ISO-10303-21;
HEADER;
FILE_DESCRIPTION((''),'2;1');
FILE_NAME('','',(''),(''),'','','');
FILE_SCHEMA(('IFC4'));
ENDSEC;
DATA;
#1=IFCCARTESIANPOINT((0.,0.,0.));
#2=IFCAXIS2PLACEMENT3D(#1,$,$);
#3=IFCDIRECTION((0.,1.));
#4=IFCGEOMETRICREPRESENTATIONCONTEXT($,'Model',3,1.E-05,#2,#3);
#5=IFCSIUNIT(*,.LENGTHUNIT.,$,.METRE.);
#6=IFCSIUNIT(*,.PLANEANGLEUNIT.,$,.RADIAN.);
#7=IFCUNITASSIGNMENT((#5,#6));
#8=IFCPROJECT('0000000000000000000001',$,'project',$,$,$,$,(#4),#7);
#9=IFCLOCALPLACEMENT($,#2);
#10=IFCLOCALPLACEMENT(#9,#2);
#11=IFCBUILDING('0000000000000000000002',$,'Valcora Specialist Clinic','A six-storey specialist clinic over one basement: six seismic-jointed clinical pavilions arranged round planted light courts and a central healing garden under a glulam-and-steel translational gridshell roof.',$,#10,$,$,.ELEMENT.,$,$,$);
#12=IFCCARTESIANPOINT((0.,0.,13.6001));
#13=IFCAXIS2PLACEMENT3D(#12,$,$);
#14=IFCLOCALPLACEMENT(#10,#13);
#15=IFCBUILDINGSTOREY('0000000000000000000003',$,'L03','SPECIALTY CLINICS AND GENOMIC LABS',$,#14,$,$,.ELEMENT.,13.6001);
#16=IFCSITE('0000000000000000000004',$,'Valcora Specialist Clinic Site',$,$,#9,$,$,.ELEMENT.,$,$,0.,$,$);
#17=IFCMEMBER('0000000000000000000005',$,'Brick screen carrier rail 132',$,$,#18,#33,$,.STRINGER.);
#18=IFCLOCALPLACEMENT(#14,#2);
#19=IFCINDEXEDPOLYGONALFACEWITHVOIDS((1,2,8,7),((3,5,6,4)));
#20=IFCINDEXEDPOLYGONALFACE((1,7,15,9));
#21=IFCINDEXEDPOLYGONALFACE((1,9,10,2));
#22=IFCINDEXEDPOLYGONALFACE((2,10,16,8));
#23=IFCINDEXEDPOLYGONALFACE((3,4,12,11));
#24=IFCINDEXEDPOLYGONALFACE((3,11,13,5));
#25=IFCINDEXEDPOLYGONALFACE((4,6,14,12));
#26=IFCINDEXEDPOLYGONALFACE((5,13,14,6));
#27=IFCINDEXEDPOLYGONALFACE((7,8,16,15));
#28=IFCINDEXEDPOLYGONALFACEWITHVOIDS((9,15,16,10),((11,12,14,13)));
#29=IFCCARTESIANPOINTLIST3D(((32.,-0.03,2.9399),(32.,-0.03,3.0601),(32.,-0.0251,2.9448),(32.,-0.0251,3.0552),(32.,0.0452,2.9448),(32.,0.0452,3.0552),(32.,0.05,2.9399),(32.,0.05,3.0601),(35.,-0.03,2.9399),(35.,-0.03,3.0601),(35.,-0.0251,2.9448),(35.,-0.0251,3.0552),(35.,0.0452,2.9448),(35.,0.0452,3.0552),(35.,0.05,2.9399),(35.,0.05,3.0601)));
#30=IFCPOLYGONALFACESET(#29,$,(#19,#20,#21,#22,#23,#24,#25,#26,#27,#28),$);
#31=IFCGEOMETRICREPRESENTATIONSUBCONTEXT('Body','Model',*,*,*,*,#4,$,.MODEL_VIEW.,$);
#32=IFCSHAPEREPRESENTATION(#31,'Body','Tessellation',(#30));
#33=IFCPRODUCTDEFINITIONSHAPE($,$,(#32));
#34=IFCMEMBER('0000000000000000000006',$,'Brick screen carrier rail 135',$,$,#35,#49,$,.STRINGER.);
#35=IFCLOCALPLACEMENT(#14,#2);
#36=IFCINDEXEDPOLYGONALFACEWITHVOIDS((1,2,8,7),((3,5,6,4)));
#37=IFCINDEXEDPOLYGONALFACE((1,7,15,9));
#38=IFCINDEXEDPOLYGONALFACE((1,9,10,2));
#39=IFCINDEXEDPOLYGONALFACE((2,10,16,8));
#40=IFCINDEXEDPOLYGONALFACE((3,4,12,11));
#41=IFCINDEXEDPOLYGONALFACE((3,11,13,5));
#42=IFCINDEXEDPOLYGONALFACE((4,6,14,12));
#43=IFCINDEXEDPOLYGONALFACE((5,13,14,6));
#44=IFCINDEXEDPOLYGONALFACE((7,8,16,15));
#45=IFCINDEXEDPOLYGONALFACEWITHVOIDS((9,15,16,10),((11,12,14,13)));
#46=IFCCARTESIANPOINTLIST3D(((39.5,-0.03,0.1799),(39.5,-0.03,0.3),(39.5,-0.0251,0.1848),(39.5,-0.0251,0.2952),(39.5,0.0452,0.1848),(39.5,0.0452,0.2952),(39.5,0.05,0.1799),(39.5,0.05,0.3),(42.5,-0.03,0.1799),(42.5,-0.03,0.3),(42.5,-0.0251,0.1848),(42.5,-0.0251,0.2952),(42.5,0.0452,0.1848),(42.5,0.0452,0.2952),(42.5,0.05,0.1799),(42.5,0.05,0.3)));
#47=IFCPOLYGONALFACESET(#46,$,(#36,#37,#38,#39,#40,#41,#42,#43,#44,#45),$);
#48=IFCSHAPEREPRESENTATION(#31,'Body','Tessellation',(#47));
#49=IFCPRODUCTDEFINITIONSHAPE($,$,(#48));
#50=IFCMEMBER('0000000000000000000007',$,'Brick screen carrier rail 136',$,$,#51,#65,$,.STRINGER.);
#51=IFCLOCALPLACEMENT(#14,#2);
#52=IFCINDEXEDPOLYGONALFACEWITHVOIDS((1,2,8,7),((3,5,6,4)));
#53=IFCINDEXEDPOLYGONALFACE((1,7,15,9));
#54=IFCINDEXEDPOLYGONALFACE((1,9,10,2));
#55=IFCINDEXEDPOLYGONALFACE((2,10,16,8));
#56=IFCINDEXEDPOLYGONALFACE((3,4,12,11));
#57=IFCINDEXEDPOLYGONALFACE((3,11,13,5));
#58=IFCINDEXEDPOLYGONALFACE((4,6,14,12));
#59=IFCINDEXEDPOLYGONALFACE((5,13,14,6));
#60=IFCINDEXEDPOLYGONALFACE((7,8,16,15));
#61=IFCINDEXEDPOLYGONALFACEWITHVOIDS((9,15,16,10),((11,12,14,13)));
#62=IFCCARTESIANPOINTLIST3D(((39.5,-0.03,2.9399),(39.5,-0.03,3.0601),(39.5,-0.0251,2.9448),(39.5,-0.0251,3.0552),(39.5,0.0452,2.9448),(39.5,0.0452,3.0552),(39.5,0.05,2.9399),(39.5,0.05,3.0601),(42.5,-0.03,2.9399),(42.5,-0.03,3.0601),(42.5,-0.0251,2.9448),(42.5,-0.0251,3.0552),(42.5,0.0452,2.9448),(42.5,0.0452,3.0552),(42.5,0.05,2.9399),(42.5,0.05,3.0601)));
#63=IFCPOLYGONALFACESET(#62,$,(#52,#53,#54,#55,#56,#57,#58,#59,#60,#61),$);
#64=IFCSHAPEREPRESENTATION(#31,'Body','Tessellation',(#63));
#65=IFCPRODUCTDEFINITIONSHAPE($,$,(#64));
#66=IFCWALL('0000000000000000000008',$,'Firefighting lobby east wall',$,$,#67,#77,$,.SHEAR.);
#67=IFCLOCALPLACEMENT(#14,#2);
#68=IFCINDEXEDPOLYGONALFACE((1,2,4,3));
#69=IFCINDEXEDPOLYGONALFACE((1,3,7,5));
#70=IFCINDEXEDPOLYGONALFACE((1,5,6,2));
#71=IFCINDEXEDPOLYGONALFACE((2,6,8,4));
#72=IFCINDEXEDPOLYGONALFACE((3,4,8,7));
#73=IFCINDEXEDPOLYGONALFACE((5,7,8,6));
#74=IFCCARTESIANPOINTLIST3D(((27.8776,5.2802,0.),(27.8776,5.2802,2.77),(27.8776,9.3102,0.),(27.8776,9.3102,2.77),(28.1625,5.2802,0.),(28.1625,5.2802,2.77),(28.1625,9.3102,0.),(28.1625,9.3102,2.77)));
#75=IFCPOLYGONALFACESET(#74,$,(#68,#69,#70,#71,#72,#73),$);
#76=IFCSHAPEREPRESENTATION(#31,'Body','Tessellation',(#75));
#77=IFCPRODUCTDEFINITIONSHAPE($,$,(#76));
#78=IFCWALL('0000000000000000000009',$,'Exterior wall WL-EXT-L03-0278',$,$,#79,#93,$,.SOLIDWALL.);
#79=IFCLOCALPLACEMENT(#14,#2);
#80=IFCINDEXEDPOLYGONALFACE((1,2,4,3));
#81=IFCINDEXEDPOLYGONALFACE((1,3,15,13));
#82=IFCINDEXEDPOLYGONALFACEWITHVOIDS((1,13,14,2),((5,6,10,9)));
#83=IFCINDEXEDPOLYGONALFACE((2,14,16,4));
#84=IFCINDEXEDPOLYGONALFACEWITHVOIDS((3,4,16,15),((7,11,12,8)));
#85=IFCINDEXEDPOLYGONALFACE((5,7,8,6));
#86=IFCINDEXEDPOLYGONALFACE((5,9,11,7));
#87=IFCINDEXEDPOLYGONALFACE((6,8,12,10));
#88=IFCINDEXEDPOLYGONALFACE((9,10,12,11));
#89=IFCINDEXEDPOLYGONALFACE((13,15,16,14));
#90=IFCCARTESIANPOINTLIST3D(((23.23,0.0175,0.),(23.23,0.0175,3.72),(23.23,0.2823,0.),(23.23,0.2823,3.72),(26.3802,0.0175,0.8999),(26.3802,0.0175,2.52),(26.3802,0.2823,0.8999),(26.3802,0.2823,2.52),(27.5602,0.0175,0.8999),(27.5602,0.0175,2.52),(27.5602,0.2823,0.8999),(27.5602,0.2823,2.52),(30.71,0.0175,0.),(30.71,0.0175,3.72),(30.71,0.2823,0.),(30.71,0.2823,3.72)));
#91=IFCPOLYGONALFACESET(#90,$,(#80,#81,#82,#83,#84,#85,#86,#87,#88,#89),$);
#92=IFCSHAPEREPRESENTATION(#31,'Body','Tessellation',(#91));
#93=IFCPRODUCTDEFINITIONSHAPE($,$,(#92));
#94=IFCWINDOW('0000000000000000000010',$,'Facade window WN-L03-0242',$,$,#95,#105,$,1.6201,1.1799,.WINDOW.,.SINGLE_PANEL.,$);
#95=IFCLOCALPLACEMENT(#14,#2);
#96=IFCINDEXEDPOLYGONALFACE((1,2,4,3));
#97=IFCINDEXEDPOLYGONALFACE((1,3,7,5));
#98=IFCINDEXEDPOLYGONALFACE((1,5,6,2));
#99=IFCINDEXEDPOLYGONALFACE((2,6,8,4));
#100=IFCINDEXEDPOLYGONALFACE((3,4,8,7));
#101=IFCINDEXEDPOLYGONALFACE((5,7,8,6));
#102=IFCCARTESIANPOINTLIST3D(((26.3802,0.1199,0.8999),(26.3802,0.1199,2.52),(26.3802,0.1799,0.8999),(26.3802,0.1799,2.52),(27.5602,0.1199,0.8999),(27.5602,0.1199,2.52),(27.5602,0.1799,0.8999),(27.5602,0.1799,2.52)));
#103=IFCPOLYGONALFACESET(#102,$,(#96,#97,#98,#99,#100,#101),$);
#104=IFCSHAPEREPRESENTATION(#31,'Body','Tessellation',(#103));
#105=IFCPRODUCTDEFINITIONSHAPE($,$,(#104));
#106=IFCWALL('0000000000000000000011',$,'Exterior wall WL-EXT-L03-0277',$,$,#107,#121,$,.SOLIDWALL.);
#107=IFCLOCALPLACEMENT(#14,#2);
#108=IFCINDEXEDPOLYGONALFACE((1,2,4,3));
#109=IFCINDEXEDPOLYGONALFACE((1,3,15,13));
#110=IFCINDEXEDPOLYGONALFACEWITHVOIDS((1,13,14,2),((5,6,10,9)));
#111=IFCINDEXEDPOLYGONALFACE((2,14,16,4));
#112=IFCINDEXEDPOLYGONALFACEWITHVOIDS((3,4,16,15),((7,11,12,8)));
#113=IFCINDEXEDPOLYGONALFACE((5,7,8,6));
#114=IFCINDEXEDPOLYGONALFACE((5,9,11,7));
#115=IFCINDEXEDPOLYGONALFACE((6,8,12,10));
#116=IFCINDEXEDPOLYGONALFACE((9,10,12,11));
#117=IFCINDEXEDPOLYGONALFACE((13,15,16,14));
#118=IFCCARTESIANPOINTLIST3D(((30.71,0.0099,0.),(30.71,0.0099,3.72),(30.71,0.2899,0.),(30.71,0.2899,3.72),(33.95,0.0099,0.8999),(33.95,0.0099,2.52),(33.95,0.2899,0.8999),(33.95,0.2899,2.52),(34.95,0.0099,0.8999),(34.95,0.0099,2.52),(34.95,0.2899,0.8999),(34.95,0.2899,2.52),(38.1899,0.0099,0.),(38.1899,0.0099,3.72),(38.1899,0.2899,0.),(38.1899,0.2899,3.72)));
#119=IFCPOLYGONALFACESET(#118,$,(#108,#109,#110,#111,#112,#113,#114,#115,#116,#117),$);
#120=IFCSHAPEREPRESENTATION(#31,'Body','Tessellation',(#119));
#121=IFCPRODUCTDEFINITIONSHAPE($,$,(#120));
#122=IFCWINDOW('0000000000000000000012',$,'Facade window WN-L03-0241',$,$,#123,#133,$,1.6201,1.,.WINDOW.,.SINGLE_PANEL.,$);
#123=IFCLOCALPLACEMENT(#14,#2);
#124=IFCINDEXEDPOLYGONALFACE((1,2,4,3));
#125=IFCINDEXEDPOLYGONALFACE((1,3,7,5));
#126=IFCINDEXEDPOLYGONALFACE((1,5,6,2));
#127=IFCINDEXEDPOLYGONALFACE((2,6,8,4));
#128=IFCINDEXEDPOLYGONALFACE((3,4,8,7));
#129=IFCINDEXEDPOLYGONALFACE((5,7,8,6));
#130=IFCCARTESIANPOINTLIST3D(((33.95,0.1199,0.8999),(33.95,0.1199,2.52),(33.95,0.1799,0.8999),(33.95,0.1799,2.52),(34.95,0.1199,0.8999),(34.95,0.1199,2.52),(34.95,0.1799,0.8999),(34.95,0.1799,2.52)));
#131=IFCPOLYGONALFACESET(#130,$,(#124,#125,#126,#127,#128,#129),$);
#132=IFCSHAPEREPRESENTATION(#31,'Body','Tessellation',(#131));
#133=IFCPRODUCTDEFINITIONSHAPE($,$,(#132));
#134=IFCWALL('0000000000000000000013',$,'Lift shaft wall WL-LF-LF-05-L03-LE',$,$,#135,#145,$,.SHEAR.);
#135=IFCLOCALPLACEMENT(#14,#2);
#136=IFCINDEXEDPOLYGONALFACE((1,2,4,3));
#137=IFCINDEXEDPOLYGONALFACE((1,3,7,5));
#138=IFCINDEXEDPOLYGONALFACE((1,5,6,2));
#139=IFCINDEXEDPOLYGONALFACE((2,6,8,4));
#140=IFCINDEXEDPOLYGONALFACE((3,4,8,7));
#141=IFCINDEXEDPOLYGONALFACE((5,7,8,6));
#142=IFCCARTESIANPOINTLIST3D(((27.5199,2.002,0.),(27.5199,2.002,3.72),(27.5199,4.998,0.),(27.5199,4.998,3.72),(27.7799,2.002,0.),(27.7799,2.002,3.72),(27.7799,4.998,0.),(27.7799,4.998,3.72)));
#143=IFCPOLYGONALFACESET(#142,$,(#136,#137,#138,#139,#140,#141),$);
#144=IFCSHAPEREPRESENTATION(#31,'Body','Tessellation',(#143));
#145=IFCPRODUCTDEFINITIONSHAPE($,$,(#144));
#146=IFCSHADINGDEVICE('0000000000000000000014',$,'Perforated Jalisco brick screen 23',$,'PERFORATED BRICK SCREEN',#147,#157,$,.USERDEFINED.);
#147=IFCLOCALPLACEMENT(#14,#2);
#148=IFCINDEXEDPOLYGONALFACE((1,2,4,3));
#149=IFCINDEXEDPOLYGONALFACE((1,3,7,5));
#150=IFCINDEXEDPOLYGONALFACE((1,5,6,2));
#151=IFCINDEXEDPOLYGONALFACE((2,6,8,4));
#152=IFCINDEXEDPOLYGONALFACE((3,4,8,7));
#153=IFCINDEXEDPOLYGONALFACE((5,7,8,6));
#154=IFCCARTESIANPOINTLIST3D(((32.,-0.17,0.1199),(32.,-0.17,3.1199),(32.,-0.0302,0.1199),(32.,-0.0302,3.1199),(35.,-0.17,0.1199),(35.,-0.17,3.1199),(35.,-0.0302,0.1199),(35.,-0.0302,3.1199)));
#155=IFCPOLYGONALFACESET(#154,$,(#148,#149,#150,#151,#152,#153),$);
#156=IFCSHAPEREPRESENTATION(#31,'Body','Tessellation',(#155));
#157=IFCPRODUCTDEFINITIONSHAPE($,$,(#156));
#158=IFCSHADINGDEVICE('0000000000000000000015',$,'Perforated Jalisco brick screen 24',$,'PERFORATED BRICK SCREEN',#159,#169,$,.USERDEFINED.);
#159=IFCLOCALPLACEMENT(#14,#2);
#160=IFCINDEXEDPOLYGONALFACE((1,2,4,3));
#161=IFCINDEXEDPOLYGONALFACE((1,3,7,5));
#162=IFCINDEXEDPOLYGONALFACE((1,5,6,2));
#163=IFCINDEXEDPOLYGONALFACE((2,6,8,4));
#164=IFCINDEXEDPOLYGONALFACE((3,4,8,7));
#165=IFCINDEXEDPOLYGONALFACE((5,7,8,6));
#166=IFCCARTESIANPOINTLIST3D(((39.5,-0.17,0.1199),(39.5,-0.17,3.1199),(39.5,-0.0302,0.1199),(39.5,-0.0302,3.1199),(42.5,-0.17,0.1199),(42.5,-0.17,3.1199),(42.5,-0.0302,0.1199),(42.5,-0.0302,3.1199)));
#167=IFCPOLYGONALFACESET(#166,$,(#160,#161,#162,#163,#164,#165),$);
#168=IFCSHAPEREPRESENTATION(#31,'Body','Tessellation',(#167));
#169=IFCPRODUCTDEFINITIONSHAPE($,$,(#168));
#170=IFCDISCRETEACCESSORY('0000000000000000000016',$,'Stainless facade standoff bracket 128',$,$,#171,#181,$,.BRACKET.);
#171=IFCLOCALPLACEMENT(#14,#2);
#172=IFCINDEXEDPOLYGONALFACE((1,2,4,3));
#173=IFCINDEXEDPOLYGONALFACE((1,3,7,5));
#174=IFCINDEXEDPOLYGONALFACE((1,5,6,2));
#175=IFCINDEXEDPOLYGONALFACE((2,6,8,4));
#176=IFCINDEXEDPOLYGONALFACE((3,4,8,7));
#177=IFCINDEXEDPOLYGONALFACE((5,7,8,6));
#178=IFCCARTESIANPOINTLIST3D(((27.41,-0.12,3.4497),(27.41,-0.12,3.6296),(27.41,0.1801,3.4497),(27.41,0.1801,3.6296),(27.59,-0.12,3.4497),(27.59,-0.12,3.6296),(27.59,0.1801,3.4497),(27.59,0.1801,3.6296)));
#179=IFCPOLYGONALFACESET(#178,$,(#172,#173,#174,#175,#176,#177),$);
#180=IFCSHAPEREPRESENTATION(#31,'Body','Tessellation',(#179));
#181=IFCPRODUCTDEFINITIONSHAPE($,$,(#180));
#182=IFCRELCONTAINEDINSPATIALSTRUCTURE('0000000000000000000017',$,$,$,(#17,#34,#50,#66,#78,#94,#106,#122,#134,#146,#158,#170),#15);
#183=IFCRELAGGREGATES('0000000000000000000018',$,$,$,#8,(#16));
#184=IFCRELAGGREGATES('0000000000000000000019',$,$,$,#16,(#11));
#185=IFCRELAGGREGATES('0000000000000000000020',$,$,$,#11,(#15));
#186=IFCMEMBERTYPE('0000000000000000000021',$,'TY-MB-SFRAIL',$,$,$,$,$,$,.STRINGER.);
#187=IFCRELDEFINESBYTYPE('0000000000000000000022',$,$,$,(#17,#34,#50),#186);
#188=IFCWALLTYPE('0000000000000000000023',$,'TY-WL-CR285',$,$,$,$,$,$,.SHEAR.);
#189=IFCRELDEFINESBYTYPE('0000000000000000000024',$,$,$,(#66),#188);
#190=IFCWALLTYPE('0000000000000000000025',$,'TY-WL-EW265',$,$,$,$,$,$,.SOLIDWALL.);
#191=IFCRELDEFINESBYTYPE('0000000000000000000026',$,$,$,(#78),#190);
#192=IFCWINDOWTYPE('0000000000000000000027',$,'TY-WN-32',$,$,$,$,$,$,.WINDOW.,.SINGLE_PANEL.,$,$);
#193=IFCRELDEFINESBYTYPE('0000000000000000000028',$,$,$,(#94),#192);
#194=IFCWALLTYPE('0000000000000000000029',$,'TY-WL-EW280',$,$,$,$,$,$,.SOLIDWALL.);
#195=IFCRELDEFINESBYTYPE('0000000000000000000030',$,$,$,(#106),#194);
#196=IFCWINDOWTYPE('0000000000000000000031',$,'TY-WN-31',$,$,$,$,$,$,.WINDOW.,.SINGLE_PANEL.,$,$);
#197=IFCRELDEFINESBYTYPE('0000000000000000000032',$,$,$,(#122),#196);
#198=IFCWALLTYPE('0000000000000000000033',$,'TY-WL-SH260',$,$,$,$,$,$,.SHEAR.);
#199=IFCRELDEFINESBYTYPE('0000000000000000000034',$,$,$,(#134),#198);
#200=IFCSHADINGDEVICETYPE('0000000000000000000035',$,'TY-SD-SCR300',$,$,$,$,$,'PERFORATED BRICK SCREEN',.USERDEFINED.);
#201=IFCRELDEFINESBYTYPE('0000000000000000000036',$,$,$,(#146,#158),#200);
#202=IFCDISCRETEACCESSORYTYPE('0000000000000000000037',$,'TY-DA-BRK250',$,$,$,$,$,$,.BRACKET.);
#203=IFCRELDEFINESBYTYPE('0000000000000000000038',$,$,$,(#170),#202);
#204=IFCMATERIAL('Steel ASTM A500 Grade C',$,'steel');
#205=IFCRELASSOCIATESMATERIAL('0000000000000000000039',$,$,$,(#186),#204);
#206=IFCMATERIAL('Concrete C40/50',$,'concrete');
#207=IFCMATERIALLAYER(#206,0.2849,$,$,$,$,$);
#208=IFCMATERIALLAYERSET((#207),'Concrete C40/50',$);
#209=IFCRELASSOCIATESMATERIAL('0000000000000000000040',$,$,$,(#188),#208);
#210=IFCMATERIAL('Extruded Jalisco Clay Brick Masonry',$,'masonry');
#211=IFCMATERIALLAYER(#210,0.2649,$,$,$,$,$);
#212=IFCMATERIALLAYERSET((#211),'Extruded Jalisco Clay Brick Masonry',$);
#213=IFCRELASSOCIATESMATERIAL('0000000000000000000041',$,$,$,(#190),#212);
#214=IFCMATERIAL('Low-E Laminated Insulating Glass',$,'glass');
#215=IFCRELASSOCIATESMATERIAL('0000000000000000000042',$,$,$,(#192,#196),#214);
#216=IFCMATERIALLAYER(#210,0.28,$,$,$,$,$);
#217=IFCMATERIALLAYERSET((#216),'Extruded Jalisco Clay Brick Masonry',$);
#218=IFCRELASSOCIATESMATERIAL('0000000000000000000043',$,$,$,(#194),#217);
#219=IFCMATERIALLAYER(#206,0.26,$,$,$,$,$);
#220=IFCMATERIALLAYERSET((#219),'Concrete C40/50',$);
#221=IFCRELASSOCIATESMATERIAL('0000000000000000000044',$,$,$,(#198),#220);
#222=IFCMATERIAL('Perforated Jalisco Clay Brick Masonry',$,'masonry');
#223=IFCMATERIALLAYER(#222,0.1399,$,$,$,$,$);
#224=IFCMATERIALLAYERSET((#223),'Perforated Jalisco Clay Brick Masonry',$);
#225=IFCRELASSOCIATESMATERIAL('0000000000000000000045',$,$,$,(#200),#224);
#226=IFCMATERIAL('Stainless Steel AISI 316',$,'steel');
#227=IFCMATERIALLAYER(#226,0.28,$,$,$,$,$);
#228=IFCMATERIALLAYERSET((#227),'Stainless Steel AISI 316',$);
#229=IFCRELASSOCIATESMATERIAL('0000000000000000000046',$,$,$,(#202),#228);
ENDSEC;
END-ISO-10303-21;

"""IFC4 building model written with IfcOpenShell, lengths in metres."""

from ifc_helpers import new_model, si_unit, direction, frame, frame_2d, origin, origin_2d, place, context, subcontext, project, spatial, rectangle, hollow_rectangle, extrude, material, layer, layer_set, material_profile, profile_set, type_object, element, fill, save


model = new_model("IFC4")

# Units and contexts
model_context = context("Model", 3, precision=1e-05, world=origin(), true_north=direction((0.0, 1.0)))
body_context = subcontext(model_context, "Body", "Model", "MODEL_VIEW")
ifc_project = project(units=[si_unit("LENGTHUNIT", "METRE"), si_unit("PLANEANGLEUNIT", "RADIAN")], contexts=[model_context])

# Site, building, storey
site_placement = place(None, origin())
site = spatial("IfcSite", under=ifc_project, at=site_placement, Name="Valcora Specialist Clinic Site", CompositionType="ELEMENT", RefElevation=0.0)
building_placement = place(site_placement, origin())
building = spatial("IfcBuilding", under=site, at=building_placement, Name="Valcora Specialist Clinic", Description="A six-storey specialist clinic over one basement: six seismic-jointed clinical pavilions arranged round planted light courts and a central healing garden under a glulam-and-steel translational gridshell roof.", CompositionType="ELEMENT")
storey_placement = place(building_placement, frame((0.0, 0.0, 13.6001)))
storey = spatial("IfcBuildingStorey", under=building, at=storey_placement, Name="L03", Description="SPECIALTY CLINICS AND GENOMIC LABS", CompositionType="ELEMENT", Elevation=13.6001)

# Shared definitions
ifc_material_1 = material(Name="Concrete C40/50", Category="concrete")

# Members
ifc_material_2 = material(Name="Steel ASTM A500 Grade C", Category="steel")
ifc_material_profile_1 = material_profile(ifc_material_2, hollow_rectangle(XDim=0.0801, YDim=0.1201, WallThickness=0.0049, at=origin_2d()), Name="ST-RHS-120X80X5")
ifc_profile_set_1 = profile_set([ifc_material_profile_1], Name="Steel ASTM A500 Grade C")
member_type_1 = type_object("IfcMemberType", Name="TY-MB-SFRAIL", PredefinedType="STRINGER", material=ifc_profile_set_1)
for number, where, z_axis, x_axis, name in (
    (1, (32.0, 0.01, 3.0), (1.0, 0.0, 0.0), (0.0, 1.0, 0.0), "Brick screen carrier rail 132"),
    (2, (39.5, 0.01, 0.24), (1.0, 0.0, 0.0), (0.0, 1.0, 0.0), "Brick screen carrier rail 135"),
    (3, (39.5, 0.01, 3.0), (1.0, 0.0, 0.0), (0.0, 1.0, 0.0), "Brick screen carrier rail 136"),
):
    element("IfcMember", number, at=place(storey_placement, frame(where, z_axis=z_axis, x_axis=x_axis)), inside=storey, type_object=member_type_1, Name=name, PredefinedType="STRINGER", context=body_context, shape_type="SweptSolid", body=[
        extrude(hollow_rectangle(XDim=0.0801, YDim=0.1201, WallThickness=0.0049, at=origin_2d()), origin(), (0.0, 0.0, 1.0), 3.0),
    ])

# Wall
ifc_layer_1 = layer(ifc_material_1, 0.2849)
ifc_layer_set_1 = layer_set([ifc_layer_1], Name="Concrete C40/50")
wall_type_1 = type_object("IfcWallType", Name="TY-WL-CR285", PredefinedType="SHEAR", material=ifc_layer_set_1)
wall_1_placement = place(storey_placement, frame((28.02, 5.28, 0.0), z_axis=(0.0, 0.0, 1.0), x_axis=(0.0, 1.0, 0.0)))
element("IfcWall", 4, at=wall_1_placement, inside=storey, type_object=wall_type_1, Name="Firefighting lobby east wall", PredefinedType="SHEAR", context=body_context, shape_type="SweptSolid", body=[
    extrude(rectangle(XDim=4.03, YDim=0.2849, at=frame_2d((2.0151, 0.0))), origin(), (0.0, 0.0, 1.0), 2.77),
])

# Walls, openings, windows
ifc_material_3 = material(Name="Extruded Jalisco Clay Brick Masonry", Category="masonry")
ifc_layer_2 = layer(ifc_material_3, 0.2649)
ifc_layer_set_2 = layer_set([ifc_layer_2], Name="Extruded Jalisco Clay Brick Masonry")
wall_type_2 = type_object("IfcWallType", Name="TY-WL-EW265", PredefinedType="SOLIDWALL", material=ifc_layer_set_2)
wall_2_placement = place(storey_placement, frame((30.71, 0.1499, 0.0), z_axis=(0.0, 0.0, 1.0), x_axis=(-1.0, 0.0, 0.0)))
wall_2 = element("IfcWall", 5, at=wall_2_placement, inside=storey, type_object=wall_type_2, Name="Exterior wall WL-EXT-L03-0278", PredefinedType="SOLIDWALL", context=body_context, shape_type="SweptSolid", body=[
    extrude(rectangle(XDim=7.48, YDim=0.2649, at=frame_2d((3.74, 0.0))), origin(), (0.0, 0.0, 1.0), 3.72),
])
opening_1_placement = place(wall_2_placement, frame((3.1499, 0.0, 0.8999)))
opening_1 = element("IfcOpeningElement", 6, at=opening_1_placement, cuts=wall_2, PredefinedType="OPENING", context=body_context, shape_type="SweptSolid", body=[
    extrude(rectangle(XDim=1.1799, YDim=1.6201, at=frame_2d((0.5898, 0.8101))), frame((0.0, 0.1423, 0.0), z_axis=(0.0, -1.0, 0.0), x_axis=(1.0, 0.0, 0.0)), (0.0, 0.0, 1.0), 0.2849),
])
ifc_material_4 = material(Name="Low-E Laminated Insulating Glass", Category="glass")
window_type_1 = type_object("IfcWindowType", Name="TY-WN-32", PartitioningType="SINGLE_PANEL", PredefinedType="WINDOW", material=ifc_material_4)
window_1_placement = place(opening_1_placement, origin())
window_1 = element("IfcWindow", 7, at=window_1_placement, inside=storey, type_object=window_type_1, Name="Facade window WN-L03-0242", OverallHeight=1.6201, OverallWidth=1.1799, PartitioningType="SINGLE_PANEL", PredefinedType="WINDOW", context=body_context, shape_type="SweptSolid", body=[
    extrude(rectangle(XDim=1.1799, YDim=1.6201, at=frame_2d((0.5898, 0.8101))), frame((0.0, 0.03, 0.0), z_axis=(0.0, -1.0, 0.0), x_axis=(1.0, 0.0, 0.0)), (0.0, 0.0, 1.0), 0.0601),
])
fill(opening_1, window_1)
ifc_layer_3 = layer(ifc_material_3, 0.28)
ifc_layer_set_3 = layer_set([ifc_layer_3], Name="Extruded Jalisco Clay Brick Masonry")
wall_type_3 = type_object("IfcWallType", Name="TY-WL-EW280", PredefinedType="SOLIDWALL", material=ifc_layer_set_3)
wall_3_placement = place(storey_placement, frame((38.1899, 0.1499, 0.0), z_axis=(0.0, 0.0, 1.0), x_axis=(-1.0, 0.0, 0.0)))
wall_3 = element("IfcWall", 8, at=wall_3_placement, inside=storey, type_object=wall_type_3, Name="Exterior wall WL-EXT-L03-0277", PredefinedType="SOLIDWALL", context=body_context, shape_type="SweptSolid", body=[
    extrude(rectangle(XDim=7.48, YDim=0.28, at=frame_2d((3.74, 0.0))), origin(), (0.0, 0.0, 1.0), 3.72),
])
opening_2_placement = place(wall_3_placement, frame((3.24, 0.0, 0.8999)))
opening_2 = element("IfcOpeningElement", 9, at=opening_2_placement, cuts=wall_3, PredefinedType="OPENING", context=body_context, shape_type="SweptSolid", body=[
    extrude(rectangle(XDim=1.0, YDim=1.6201, at=frame_2d((0.5, 0.8101))), frame((0.0, 0.1499, 0.0), z_axis=(0.0, -1.0, 0.0), x_axis=(1.0, 0.0, 0.0)), (0.0, 0.0, 1.0), 0.3),
])
window_type_2 = type_object("IfcWindowType", Name="TY-WN-31", PartitioningType="SINGLE_PANEL", PredefinedType="WINDOW", material=ifc_material_4)
window_2_placement = place(opening_2_placement, origin())
window_2 = element("IfcWindow", 10, at=window_2_placement, inside=storey, type_object=window_type_2, Name="Facade window WN-L03-0241", OverallHeight=1.6201, OverallWidth=1.0, PartitioningType="SINGLE_PANEL", PredefinedType="WINDOW", context=body_context, shape_type="SweptSolid", body=[
    extrude(rectangle(XDim=1.0, YDim=1.6201, at=frame_2d((0.5, 0.8101))), frame((0.0, 0.03, 0.0), z_axis=(0.0, -1.0, 0.0), x_axis=(1.0, 0.0, 0.0)), (0.0, 0.0, 1.0), 0.0601),
])
fill(opening_2, window_2)

# Wall
ifc_layer_4 = layer(ifc_material_1, 0.26)
ifc_layer_set_4 = layer_set([ifc_layer_4], Name="Concrete C40/50")
wall_type_4 = type_object("IfcWallType", Name="TY-WL-SH260", PredefinedType="SHEAR", material=ifc_layer_set_4)
wall_4_placement = place(storey_placement, frame((27.6499, 2.002, 0.0), z_axis=(0.0, 0.0, 1.0), x_axis=(0.0, 1.0, 0.0)))
element("IfcWall", 11, at=wall_4_placement, inside=storey, type_object=wall_type_4, Name="Lift shaft wall WL-LF-LF-05-L03-LE", PredefinedType="SHEAR", context=body_context, shape_type="SweptSolid", body=[
    extrude(rectangle(XDim=2.9961, YDim=0.26, at=frame_2d((1.498, 0.0))), origin(), (0.0, 0.0, 1.0), 3.72),
])

# Shading devices
ifc_material_5 = material(Name="Perforated Jalisco Clay Brick Masonry", Category="masonry")
ifc_layer_5 = layer(ifc_material_5, 0.1399)
ifc_layer_set_5 = layer_set([ifc_layer_5], Name="Perforated Jalisco Clay Brick Masonry")
shading_device_type = type_object("IfcShadingDeviceType", Name="TY-SD-SCR300", ElementType="PERFORATED BRICK SCREEN", PredefinedType="USERDEFINED", material=ifc_layer_set_5)
for number, where, z_axis, x_axis, name in (
    (12, (33.5, -0.1001, 0.1199), (0.0, 0.0, 1.0), (1.0, 0.0, 0.0), "Perforated Jalisco brick screen 23"),
    (13, (41.0, -0.1001, 0.1199), (0.0, 0.0, 1.0), (1.0, 0.0, 0.0), "Perforated Jalisco brick screen 24"),
):
    element("IfcShadingDevice", number, at=place(storey_placement, frame(where, z_axis=z_axis, x_axis=x_axis)), inside=storey, type_object=shading_device_type, Name=name, ObjectType="PERFORATED BRICK SCREEN", PredefinedType="USERDEFINED", context=body_context, shape_type="SweptSolid", body=[
        extrude(rectangle(XDim=3.0, YDim=0.1399, at=origin_2d()), origin(), (0.0, 0.0, 1.0), 3.0),
    ])

# Discrete accessory
ifc_material_6 = material(Name="Stainless Steel AISI 316", Category="steel")
ifc_layer_6 = layer(ifc_material_6, 0.28)
ifc_layer_set_6 = layer_set([ifc_layer_6], Name="Stainless Steel AISI 316")
discrete_accessory_type = type_object("IfcDiscreteAccessoryType", Name="TY-DA-BRK250", PredefinedType="BRACKET", material=ifc_layer_set_6)
for number, where, z_axis, x_axis, name in (
    (14, (27.5, 0.03, 3.4497), (0.0, 0.0, 1.0), (1.0, 0.0, 0.0), "Stainless facade standoff bracket 128"),
):
    element("IfcDiscreteAccessory", number, at=place(storey_placement, frame(where, z_axis=z_axis, x_axis=x_axis)), inside=storey, type_object=discrete_accessory_type, Name=name, PredefinedType="BRACKET", context=body_context, shape_type="SweptSolid", body=[
        extrude(rectangle(XDim=0.1799, YDim=0.3, at=origin_2d()), origin(), (0.0, 0.0, 1.0), 0.1799),
    ])

save(model, "model.ifc")
